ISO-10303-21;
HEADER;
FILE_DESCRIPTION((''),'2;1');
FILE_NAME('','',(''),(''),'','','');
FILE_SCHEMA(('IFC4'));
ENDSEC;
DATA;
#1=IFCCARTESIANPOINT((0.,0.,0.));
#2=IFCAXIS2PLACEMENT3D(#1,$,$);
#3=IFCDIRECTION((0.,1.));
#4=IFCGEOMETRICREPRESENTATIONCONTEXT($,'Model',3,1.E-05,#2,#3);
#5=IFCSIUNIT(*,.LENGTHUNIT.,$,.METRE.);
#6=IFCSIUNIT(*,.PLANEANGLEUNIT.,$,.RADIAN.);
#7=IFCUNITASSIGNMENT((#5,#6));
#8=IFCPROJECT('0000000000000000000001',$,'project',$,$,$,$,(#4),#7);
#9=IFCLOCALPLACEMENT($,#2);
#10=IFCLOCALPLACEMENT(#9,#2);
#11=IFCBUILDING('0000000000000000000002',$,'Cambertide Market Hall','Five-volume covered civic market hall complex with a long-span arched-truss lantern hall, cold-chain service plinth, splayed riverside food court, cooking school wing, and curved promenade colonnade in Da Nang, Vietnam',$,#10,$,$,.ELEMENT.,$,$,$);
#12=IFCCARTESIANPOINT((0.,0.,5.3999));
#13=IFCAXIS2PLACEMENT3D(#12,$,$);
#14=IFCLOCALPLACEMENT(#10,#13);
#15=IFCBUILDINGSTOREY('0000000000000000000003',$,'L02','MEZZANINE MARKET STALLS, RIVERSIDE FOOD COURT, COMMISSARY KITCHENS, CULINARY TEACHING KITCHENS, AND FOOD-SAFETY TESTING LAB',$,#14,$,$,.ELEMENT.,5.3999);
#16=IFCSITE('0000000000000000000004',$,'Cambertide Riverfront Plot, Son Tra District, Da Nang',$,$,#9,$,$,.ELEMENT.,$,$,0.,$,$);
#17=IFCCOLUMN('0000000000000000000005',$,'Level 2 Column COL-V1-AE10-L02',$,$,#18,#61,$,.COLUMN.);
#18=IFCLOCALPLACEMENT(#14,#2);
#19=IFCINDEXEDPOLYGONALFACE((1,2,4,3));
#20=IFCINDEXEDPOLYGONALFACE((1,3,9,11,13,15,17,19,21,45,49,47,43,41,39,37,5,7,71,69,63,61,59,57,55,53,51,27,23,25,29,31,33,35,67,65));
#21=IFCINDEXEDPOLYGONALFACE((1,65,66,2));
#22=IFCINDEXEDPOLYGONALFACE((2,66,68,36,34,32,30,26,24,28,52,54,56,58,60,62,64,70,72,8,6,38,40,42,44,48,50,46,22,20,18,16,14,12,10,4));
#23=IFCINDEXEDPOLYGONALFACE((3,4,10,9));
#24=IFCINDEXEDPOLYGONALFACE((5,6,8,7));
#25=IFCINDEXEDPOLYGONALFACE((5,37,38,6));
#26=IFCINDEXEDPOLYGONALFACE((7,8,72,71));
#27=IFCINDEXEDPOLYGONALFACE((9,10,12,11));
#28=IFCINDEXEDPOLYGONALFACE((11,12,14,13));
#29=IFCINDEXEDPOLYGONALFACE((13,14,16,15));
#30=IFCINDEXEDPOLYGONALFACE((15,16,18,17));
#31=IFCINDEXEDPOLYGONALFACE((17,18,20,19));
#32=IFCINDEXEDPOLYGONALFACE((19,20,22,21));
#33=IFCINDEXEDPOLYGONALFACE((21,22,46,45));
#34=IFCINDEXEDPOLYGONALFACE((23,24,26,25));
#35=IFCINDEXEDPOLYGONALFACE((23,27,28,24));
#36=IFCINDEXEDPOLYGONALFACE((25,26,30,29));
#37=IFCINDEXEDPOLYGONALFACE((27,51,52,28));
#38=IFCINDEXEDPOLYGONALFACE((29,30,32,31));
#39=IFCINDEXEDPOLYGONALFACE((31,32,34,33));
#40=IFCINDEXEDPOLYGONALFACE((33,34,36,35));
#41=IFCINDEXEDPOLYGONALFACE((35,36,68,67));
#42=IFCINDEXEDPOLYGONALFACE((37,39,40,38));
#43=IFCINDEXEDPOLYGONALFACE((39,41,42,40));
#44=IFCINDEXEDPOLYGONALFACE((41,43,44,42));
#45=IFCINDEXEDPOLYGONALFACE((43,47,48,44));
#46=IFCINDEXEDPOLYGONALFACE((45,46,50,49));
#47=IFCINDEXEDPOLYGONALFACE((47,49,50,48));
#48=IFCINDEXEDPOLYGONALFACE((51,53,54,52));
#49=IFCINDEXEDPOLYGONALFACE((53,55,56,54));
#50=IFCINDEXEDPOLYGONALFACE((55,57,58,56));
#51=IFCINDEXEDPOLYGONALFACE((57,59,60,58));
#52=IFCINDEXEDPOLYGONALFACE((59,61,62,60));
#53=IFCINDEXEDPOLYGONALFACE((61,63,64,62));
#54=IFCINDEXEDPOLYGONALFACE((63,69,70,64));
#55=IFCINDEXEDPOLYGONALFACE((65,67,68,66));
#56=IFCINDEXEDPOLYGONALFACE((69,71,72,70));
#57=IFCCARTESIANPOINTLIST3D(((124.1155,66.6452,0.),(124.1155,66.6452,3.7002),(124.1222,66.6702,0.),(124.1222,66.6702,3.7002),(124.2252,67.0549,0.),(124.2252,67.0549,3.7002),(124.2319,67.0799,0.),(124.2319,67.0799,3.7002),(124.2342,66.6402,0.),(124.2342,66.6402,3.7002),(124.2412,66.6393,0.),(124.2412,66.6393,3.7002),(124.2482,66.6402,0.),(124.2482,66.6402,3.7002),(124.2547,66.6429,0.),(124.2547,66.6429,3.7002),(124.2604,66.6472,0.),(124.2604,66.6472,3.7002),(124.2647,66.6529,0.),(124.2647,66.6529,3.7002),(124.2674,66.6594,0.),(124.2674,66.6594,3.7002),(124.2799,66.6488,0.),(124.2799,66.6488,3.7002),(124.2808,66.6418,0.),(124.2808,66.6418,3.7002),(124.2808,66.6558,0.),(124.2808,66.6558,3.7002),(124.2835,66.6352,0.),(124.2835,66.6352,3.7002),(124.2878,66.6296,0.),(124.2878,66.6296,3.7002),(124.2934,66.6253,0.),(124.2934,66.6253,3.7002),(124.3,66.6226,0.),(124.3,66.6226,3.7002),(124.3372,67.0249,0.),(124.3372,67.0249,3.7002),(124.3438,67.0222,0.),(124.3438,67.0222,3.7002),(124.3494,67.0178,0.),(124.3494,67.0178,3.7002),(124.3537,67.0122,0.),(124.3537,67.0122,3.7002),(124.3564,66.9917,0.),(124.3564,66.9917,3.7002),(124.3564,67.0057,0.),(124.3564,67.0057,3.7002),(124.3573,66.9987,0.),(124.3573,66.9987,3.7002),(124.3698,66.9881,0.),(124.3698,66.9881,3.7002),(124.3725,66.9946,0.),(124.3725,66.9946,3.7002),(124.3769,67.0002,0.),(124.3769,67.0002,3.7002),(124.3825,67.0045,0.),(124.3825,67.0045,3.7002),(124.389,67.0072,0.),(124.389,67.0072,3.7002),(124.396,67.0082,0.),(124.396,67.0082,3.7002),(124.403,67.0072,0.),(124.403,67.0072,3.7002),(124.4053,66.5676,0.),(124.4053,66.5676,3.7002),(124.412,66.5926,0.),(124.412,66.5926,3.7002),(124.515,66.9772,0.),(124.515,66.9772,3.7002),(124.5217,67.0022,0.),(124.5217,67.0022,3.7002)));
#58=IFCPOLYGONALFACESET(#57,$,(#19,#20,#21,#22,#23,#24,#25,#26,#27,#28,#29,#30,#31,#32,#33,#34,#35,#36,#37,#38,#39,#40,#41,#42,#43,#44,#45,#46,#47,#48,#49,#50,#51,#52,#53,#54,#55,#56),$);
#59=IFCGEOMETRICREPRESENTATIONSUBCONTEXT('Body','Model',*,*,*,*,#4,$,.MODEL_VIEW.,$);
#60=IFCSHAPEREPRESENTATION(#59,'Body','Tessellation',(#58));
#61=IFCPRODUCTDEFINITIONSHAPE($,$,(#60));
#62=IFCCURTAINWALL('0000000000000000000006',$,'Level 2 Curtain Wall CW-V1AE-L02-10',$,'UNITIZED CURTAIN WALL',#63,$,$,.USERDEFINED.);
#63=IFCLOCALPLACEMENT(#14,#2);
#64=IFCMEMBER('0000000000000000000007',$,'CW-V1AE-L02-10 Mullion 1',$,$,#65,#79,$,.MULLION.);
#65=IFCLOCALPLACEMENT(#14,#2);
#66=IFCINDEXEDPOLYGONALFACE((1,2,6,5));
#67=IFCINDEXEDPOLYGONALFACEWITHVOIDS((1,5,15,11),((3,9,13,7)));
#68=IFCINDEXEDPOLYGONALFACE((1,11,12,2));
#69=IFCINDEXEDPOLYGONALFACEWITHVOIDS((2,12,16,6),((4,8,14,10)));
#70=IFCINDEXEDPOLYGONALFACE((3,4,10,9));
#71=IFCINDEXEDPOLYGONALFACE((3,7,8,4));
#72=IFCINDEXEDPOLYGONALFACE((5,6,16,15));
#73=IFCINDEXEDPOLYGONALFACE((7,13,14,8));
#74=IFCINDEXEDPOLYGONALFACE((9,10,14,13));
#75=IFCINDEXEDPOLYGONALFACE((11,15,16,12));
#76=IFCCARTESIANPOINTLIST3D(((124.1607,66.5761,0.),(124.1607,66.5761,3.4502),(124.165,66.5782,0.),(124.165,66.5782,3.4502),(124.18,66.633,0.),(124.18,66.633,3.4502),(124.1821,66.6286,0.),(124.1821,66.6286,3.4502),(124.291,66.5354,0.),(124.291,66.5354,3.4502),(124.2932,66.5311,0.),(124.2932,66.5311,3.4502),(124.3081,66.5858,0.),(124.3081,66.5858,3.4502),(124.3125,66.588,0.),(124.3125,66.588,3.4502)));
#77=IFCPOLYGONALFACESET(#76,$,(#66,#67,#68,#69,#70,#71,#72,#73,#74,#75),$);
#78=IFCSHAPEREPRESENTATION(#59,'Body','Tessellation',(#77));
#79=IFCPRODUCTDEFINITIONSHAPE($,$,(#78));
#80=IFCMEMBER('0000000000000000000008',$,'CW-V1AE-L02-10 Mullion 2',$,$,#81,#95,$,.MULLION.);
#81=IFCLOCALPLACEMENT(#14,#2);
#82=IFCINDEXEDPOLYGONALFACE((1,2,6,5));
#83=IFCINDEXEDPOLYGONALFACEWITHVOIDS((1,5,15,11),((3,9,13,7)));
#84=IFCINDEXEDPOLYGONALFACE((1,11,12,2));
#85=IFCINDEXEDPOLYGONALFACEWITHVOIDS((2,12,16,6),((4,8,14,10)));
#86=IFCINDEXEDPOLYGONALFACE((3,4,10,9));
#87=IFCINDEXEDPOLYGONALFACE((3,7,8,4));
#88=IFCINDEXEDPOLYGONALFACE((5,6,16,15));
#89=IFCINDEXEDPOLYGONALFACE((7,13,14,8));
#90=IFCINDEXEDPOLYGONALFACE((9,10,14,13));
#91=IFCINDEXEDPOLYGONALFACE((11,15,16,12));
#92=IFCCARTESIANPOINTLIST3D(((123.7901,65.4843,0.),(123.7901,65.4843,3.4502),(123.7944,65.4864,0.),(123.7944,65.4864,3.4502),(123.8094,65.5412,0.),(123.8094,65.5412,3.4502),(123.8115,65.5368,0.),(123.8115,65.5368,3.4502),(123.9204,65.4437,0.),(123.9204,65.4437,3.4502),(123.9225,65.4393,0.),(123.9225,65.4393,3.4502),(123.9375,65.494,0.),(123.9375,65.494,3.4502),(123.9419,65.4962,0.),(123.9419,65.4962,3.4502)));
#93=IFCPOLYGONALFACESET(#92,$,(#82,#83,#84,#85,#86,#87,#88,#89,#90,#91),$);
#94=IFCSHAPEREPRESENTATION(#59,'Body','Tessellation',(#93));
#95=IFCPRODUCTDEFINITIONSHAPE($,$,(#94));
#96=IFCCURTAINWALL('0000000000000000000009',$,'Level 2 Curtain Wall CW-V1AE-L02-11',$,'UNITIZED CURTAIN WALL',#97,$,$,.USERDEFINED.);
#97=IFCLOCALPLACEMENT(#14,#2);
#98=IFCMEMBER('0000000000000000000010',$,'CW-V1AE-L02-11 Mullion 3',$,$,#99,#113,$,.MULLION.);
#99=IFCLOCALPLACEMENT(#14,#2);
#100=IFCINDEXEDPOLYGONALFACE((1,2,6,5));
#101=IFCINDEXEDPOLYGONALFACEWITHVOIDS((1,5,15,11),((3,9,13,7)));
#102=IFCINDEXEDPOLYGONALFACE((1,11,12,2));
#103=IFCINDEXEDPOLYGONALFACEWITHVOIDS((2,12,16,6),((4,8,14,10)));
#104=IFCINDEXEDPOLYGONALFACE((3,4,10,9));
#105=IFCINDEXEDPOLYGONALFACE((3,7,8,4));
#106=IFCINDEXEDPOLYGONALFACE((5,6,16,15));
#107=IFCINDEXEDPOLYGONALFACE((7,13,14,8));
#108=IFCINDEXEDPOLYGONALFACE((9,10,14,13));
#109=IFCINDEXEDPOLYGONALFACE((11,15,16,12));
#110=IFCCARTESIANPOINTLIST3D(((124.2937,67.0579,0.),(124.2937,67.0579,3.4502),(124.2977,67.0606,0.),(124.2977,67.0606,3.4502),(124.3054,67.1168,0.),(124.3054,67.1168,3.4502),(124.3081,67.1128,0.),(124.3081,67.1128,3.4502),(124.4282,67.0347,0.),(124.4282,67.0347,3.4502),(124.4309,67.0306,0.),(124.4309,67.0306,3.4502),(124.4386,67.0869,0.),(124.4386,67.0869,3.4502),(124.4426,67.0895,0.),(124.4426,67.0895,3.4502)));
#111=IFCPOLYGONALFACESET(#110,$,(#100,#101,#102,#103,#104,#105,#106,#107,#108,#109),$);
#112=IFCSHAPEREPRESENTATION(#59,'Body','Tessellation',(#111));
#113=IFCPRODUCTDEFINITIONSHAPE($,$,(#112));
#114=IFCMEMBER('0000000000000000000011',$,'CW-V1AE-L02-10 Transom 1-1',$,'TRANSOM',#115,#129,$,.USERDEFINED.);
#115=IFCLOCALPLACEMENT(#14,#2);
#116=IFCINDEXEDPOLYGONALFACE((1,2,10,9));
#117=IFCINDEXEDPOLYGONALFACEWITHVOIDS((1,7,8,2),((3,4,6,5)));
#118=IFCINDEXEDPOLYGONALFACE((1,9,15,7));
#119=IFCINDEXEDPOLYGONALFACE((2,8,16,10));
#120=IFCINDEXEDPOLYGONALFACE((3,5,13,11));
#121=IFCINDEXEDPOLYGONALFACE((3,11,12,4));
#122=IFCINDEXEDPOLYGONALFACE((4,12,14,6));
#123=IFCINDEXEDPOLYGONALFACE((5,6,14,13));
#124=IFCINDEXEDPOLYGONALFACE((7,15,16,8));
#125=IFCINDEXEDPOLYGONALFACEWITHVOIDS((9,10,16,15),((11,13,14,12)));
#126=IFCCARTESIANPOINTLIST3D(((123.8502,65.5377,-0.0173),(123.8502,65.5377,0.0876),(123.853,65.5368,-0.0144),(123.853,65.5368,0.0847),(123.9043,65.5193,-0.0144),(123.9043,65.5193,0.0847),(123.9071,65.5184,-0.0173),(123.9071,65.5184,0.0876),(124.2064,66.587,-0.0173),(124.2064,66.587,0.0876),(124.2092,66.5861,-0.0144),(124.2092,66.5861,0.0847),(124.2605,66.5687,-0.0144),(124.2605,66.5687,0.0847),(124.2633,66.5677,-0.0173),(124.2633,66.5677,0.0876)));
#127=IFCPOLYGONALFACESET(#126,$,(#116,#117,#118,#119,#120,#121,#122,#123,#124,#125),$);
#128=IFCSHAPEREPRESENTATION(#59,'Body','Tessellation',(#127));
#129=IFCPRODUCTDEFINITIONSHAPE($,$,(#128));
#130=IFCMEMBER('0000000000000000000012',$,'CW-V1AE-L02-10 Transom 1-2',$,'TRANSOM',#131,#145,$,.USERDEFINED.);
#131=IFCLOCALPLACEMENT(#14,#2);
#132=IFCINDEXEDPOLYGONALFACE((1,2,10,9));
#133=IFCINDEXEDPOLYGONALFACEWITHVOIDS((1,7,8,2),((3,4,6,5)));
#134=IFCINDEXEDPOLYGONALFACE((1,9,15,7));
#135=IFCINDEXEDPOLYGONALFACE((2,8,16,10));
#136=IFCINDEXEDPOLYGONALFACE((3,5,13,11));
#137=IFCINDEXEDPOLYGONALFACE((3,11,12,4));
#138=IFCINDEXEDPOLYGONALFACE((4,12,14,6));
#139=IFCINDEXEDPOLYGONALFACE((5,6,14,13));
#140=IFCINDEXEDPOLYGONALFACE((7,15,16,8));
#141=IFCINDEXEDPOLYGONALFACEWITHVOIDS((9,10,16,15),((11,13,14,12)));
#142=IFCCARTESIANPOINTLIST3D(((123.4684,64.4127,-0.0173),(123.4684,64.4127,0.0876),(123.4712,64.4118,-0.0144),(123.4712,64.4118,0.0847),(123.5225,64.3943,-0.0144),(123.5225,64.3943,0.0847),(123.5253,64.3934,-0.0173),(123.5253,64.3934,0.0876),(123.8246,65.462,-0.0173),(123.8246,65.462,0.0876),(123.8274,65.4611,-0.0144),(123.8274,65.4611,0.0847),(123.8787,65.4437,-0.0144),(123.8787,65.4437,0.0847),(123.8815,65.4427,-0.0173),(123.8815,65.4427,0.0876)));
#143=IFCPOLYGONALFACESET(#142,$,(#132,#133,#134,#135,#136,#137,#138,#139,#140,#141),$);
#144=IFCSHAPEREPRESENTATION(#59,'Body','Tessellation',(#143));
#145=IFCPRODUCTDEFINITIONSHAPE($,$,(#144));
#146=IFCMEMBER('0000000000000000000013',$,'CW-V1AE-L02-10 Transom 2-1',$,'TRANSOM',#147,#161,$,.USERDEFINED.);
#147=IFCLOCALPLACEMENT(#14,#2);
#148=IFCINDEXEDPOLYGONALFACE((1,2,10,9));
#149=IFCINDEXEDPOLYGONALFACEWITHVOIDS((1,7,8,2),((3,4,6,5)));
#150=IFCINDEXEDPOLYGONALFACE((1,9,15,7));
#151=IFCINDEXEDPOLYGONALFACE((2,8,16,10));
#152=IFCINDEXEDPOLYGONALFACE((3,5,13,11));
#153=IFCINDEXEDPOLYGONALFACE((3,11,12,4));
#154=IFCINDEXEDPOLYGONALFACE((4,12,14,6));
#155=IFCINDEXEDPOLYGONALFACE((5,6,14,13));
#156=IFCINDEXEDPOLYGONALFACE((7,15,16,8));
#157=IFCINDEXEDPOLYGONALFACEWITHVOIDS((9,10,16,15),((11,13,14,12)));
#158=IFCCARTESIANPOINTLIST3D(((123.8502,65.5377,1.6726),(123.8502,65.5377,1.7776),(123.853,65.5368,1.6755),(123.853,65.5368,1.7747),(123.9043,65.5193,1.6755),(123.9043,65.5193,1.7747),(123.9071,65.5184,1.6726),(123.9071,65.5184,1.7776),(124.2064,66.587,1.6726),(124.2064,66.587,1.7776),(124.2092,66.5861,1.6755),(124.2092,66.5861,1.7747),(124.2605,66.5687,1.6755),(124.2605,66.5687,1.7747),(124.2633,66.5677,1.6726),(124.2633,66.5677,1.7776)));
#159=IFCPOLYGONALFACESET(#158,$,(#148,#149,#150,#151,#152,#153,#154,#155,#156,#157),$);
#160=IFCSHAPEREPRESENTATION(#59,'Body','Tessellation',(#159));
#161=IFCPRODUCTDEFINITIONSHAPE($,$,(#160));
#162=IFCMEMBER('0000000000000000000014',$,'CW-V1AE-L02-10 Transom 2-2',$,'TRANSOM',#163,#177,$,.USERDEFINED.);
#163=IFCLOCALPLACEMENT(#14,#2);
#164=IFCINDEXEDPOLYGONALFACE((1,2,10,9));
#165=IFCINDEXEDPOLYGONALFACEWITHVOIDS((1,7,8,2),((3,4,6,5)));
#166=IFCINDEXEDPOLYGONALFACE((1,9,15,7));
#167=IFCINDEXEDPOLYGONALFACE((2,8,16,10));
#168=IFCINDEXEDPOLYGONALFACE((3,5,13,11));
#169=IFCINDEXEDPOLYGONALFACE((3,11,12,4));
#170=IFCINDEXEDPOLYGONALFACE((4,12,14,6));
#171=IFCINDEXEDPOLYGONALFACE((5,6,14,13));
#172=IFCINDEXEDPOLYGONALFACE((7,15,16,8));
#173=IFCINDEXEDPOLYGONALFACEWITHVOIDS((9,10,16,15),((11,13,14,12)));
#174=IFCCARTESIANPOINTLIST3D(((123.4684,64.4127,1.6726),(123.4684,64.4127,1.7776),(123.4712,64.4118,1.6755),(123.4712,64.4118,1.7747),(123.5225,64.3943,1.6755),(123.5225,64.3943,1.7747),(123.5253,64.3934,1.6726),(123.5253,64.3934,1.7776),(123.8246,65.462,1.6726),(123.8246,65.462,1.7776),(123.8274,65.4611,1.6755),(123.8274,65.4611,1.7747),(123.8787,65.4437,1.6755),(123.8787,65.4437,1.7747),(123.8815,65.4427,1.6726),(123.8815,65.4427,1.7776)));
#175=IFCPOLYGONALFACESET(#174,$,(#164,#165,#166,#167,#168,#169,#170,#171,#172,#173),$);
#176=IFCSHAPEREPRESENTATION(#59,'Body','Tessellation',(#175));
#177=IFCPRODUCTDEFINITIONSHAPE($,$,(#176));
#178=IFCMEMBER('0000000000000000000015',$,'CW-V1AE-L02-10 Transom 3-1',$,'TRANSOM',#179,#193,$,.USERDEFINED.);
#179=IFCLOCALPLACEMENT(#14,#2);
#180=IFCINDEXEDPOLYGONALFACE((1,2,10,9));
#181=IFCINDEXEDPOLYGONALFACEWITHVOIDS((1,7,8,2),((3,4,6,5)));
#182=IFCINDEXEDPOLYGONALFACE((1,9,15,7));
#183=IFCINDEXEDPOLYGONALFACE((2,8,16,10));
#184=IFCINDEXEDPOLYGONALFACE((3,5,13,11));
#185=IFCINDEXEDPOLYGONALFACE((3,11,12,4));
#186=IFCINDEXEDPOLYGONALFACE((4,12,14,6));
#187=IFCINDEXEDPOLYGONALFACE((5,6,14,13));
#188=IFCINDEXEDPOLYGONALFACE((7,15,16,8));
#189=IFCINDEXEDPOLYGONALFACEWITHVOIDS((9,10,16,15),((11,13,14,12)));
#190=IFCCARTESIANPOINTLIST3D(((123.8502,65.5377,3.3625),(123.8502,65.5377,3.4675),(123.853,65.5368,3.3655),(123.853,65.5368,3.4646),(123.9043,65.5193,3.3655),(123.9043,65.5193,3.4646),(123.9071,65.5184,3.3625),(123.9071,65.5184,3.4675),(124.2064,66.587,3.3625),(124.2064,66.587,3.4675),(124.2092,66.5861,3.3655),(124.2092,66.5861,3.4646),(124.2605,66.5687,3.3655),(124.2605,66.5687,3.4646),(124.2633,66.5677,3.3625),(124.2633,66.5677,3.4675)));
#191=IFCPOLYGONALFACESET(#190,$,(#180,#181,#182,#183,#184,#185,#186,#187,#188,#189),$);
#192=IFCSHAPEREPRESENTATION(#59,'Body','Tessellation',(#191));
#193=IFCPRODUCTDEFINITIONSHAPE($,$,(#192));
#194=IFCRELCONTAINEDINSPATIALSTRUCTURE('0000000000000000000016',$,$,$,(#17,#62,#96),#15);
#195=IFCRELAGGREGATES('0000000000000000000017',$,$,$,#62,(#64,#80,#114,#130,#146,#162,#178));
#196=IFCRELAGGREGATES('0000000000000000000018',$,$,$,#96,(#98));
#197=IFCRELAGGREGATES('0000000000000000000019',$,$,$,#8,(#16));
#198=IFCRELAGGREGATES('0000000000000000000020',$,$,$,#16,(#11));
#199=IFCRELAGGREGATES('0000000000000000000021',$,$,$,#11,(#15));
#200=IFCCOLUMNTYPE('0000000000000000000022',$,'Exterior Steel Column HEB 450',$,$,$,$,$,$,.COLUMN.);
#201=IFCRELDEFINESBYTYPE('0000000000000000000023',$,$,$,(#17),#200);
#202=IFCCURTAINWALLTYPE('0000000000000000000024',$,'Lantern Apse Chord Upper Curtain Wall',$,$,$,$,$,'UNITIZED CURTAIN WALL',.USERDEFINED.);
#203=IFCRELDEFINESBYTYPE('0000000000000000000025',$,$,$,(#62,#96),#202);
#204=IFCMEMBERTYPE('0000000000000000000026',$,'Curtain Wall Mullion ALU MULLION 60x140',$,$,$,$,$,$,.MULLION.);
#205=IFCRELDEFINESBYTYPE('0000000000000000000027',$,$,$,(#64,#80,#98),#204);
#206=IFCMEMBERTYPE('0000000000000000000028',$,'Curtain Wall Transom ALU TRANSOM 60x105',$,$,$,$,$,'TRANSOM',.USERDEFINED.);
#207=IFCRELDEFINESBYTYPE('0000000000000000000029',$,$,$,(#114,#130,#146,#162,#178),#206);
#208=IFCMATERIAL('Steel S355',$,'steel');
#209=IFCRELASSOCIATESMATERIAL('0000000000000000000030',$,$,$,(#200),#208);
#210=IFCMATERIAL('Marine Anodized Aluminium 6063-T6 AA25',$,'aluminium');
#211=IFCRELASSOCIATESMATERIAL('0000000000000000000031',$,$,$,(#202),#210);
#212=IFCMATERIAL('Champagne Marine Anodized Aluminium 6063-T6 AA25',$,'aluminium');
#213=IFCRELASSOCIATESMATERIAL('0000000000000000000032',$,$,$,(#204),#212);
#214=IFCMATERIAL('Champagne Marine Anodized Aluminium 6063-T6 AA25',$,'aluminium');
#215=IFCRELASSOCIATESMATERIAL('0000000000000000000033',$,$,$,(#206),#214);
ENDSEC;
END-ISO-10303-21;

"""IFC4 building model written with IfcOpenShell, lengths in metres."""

from ifc_helpers import new_model, si_unit, direction, frame, origin, origin_2d, place, context, subcontext, project, spatial, hollow_rectangle, i_section, extrude, material, material_profile, profile_set, type_object, element, aggregate, save


model = new_model("IFC4")

# Units and contexts
model_context = context("Model", 3, precision=1e-05, world=origin(), true_north=direction((0.0, 1.0)))
body_context = subcontext(model_context, "Body", "Model", "MODEL_VIEW")
ifc_project = project(units=[si_unit("LENGTHUNIT", "METRE"), si_unit("PLANEANGLEUNIT", "RADIAN")], contexts=[model_context])

# Site, building, storey
site_placement = place(None, origin())
site = spatial("IfcSite", under=ifc_project, at=site_placement, Name="Cambertide Riverfront Plot, Son Tra District, Da Nang", CompositionType="ELEMENT", RefElevation=0.0)
building_placement = place(site_placement, origin())
building = spatial("IfcBuilding", under=site, at=building_placement, Name="Cambertide Market Hall", Description="Five-volume covered civic market hall complex with a long-span arched-truss lantern hall, cold-chain service plinth, splayed riverside food court, cooking school wing, and curved promenade colonnade in Da Nang, Vietnam", CompositionType="ELEMENT")
storey_placement = place(building_placement, frame((0.0, 0.0, 5.3999)))
storey = spatial("IfcBuildingStorey", under=building, at=storey_placement, Name="L02", Description="MEZZANINE MARKET STALLS, RIVERSIDE FOOD COURT, COMMISSARY KITCHENS, CULINARY TEACHING KITCHENS, AND FOOD-SAFETY TESTING LAB", CompositionType="ELEMENT", Elevation=5.3999)

# Column
ifc_material_1 = material(Name="Steel S355", Category="steel")
ifc_material_profile_1 = material_profile(ifc_material_1, i_section(OverallWidth=0.3, OverallDepth=0.45, WebThickness=0.0139, FlangeThickness=0.0259, FilletRadius=0.0271, at=origin_2d()), Name="HEB 450")
ifc_profile_set_1 = profile_set([ifc_material_profile_1], Name="Steel S355")
column_type = type_object("IfcColumnType", Name="Exterior Steel Column HEB 450", PredefinedType="COLUMN", material=ifc_profile_set_1)
column_placement = place(storey_placement, frame((124.3186, 66.8237, 0.0), z_axis=(0.0, 0.0, 1.0), x_axis=(0.965926, -0.258819, 0.0)))
element("IfcColumn", 1, at=column_placement, inside=storey, type_object=column_type, Name="Level 2 Column COL-V1-AE10-L02", PredefinedType="COLUMN", context=body_context, shape_type="SweptSolid", body=[
    extrude(i_section(OverallWidth=0.3, OverallDepth=0.45, WebThickness=0.0139, FlangeThickness=0.0259, FilletRadius=0.0271, at=origin_2d()), origin(), (0.0, 0.0, 1.0), 3.7002),
])

# Curtain wall, members
ifc_material_2 = material(Name="Marine Anodized Aluminium 6063-T6 AA25", Category="aluminium")
curtain_wall_type = type_object("IfcCurtainWallType", Name="Lantern Apse Chord Upper Curtain Wall", ElementType="UNITIZED CURTAIN WALL", PredefinedType="USERDEFINED", material=ifc_material_2)
curtain_wall_1_placement = place(storey_placement, origin())
curtain_wall_1 = element("IfcCurtainWall", 2, at=curtain_wall_1_placement, inside=storey, type_object=curtain_wall_type, Name="Level 2 Curtain Wall CW-V1AE-L02-10", ObjectType="UNITIZED CURTAIN WALL", PredefinedType="USERDEFINED")
ifc_material_3 = material(Name="Champagne Marine Anodized Aluminium 6063-T6 AA25", Category="aluminium")
ifc_material_profile_2 = material_profile(ifc_material_3, hollow_rectangle(XDim=0.0601, YDim=0.1399, WallThickness=0.0034, at=origin_2d()), Name="ALU MULLION 60x140")
ifc_profile_set_2 = profile_set([ifc_material_profile_2], Name="Champagne Marine Anodized Aluminium 6063-T6 AA25")
member_type_1 = type_object("IfcMemberType", Name="Curtain Wall Mullion ALU MULLION 60x140", PredefinedType="MULLION", material=ifc_profile_set_2)
member_1_placement = place(storey_placement, frame((124.2366, 66.582, 0.0), z_axis=(0.0, 0.0, 1.0), x_axis=(-0.321439, -0.94693, 0.0)))
member_1 = element("IfcMember", 3, at=member_1_placement, type_object=member_type_1, Name="CW-V1AE-L02-10 Mullion 1", PredefinedType="MULLION", context=body_context, shape_type="SweptSolid", body=[
    extrude(hollow_rectangle(XDim=0.0601, YDim=0.1399, WallThickness=0.0034, at=origin_2d()), origin(), (0.0, 0.0, 1.0), 3.4502),
])
member_2_placement = place(storey_placement, frame((123.866, 65.4902, 0.0), z_axis=(0.0, 0.0, 1.0), x_axis=(-0.321439, -0.94693, 0.0)))
member_2 = element("IfcMember", 4, at=member_2_placement, type_object=member_type_1, Name="CW-V1AE-L02-10 Mullion 2", PredefinedType="MULLION", context=body_context, shape_type="SweptSolid", body=[
    extrude(hollow_rectangle(XDim=0.0601, YDim=0.1399, WallThickness=0.0034, at=origin_2d()), origin(), (0.0, 0.0, 1.0), 3.4502),
])

# Curtain wall, member
curtain_wall_2_placement = place(storey_placement, origin())
curtain_wall_2 = element("IfcCurtainWall", 5, at=curtain_wall_2_placement, inside=storey, type_object=curtain_wall_type, Name="Level 2 Curtain Wall CW-V1AE-L02-11", ObjectType="UNITIZED CURTAIN WALL", PredefinedType="USERDEFINED")
member_3_placement = place(storey_placement, frame((124.3682, 67.0737, 0.0), z_axis=(0.0, 0.0, 1.0), x_axis=(-0.19509, -0.980785, 0.0)))
member_3 = element("IfcMember", 6, at=member_3_placement, type_object=member_type_1, Name="CW-V1AE-L02-11 Mullion 3", PredefinedType="MULLION", context=body_context, shape_type="SweptSolid", body=[
    extrude(hollow_rectangle(XDim=0.0601, YDim=0.1399, WallThickness=0.0034, at=origin_2d()), origin(), (0.0, 0.0, 1.0), 3.4502),
])

# Members
ifc_material_4 = material(Name="Champagne Marine Anodized Aluminium 6063-T6 AA25", Category="aluminium")
ifc_material_profile_3 = material_profile(ifc_material_4, hollow_rectangle(XDim=0.0601, YDim=0.105, WallThickness=0.0029, at=origin_2d()), Name="ALU TRANSOM 60x105")
ifc_profile_set_3 = profile_set([ifc_material_profile_3], Name="Champagne Marine Anodized Aluminium 6063-T6 AA25")
member_type_2 = type_object("IfcMemberType", Name="Curtain Wall Transom ALU TRANSOM 60x105", ElementType="TRANSOM", PredefinedType="USERDEFINED", material=ifc_profile_set_3)
member_4_placement = place(storey_placement, frame((124.2349, 66.5774, 0.0352), z_axis=(-0.321445, -0.946928, 0.0), x_axis=(0.946928, -0.321445, 0.0)))
member_4 = element("IfcMember", 7, at=member_4_placement, type_object=member_type_2, Name="CW-V1AE-L02-10 Transom 1-1", ObjectType="TRANSOM", PredefinedType="USERDEFINED", context=body_context, shape_type="SweptSolid", body=[
    extrude(hollow_rectangle(XDim=0.0601, YDim=0.105, WallThickness=0.0029, at=origin_2d()), origin(), (0.0, 0.0, 1.0), 1.1082),
])
member_5_placement = place(storey_placement, frame((123.853, 65.4524, 0.0352), z_axis=(-0.321445, -0.946928, 0.0), x_axis=(0.946928, -0.321445, 0.0)))
member_5 = element("IfcMember", 8, at=member_5_placement, type_object=member_type_2, Name="CW-V1AE-L02-10 Transom 1-2", ObjectType="TRANSOM", PredefinedType="USERDEFINED", context=body_context, shape_type="SweptSolid", body=[
    extrude(hollow_rectangle(XDim=0.0601, YDim=0.105, WallThickness=0.0029, at=origin_2d()), origin(), (0.0, 0.0, 1.0), 1.1082),
])
member_6_placement = place(storey_placement, frame((124.2349, 66.5774, 1.7251), z_axis=(-0.321445, -0.946928, 0.0), x_axis=(0.946928, -0.321445, 0.0)))
member_6 = element("IfcMember", 9, at=member_6_placement, type_object=member_type_2, Name="CW-V1AE-L02-10 Transom 2-1", ObjectType="TRANSOM", PredefinedType="USERDEFINED", context=body_context, shape_type="SweptSolid", body=[
    extrude(hollow_rectangle(XDim=0.0601, YDim=0.105, WallThickness=0.0029, at=origin_2d()), origin(), (0.0, 0.0, 1.0), 1.1082),
])
member_7_placement = place(storey_placement, frame((123.853, 65.4524, 1.7251), z_axis=(-0.321445, -0.946928, 0.0), x_axis=(0.946928, -0.321445, 0.0)))
member_7 = element("IfcMember", 10, at=member_7_placement, type_object=member_type_2, Name="CW-V1AE-L02-10 Transom 2-2", ObjectType="TRANSOM", PredefinedType="USERDEFINED", context=body_context, shape_type="SweptSolid", body=[
    extrude(hollow_rectangle(XDim=0.0601, YDim=0.105, WallThickness=0.0029, at=origin_2d()), origin(), (0.0, 0.0, 1.0), 1.1082),
])
member_8_placement = place(storey_placement, frame((124.2349, 66.5774, 3.415), z_axis=(-0.321445, -0.946928, 0.0), x_axis=(0.946928, -0.321445, 0.0)))
member_8 = element("IfcMember", 11, at=member_8_placement, type_object=member_type_2, Name="CW-V1AE-L02-10 Transom 3-1", ObjectType="TRANSOM", PredefinedType="USERDEFINED", context=body_context, shape_type="SweptSolid", body=[
    extrude(hollow_rectangle(XDim=0.0601, YDim=0.105, WallThickness=0.0029, at=origin_2d()), origin(), (0.0, 0.0, 1.0), 1.1082),
])

aggregate(curtain_wall_1, [member_1, member_2, member_4, member_5, member_6, member_7, member_8])
aggregate(curtain_wall_2, [member_3])

save(model, "model.ifc")
